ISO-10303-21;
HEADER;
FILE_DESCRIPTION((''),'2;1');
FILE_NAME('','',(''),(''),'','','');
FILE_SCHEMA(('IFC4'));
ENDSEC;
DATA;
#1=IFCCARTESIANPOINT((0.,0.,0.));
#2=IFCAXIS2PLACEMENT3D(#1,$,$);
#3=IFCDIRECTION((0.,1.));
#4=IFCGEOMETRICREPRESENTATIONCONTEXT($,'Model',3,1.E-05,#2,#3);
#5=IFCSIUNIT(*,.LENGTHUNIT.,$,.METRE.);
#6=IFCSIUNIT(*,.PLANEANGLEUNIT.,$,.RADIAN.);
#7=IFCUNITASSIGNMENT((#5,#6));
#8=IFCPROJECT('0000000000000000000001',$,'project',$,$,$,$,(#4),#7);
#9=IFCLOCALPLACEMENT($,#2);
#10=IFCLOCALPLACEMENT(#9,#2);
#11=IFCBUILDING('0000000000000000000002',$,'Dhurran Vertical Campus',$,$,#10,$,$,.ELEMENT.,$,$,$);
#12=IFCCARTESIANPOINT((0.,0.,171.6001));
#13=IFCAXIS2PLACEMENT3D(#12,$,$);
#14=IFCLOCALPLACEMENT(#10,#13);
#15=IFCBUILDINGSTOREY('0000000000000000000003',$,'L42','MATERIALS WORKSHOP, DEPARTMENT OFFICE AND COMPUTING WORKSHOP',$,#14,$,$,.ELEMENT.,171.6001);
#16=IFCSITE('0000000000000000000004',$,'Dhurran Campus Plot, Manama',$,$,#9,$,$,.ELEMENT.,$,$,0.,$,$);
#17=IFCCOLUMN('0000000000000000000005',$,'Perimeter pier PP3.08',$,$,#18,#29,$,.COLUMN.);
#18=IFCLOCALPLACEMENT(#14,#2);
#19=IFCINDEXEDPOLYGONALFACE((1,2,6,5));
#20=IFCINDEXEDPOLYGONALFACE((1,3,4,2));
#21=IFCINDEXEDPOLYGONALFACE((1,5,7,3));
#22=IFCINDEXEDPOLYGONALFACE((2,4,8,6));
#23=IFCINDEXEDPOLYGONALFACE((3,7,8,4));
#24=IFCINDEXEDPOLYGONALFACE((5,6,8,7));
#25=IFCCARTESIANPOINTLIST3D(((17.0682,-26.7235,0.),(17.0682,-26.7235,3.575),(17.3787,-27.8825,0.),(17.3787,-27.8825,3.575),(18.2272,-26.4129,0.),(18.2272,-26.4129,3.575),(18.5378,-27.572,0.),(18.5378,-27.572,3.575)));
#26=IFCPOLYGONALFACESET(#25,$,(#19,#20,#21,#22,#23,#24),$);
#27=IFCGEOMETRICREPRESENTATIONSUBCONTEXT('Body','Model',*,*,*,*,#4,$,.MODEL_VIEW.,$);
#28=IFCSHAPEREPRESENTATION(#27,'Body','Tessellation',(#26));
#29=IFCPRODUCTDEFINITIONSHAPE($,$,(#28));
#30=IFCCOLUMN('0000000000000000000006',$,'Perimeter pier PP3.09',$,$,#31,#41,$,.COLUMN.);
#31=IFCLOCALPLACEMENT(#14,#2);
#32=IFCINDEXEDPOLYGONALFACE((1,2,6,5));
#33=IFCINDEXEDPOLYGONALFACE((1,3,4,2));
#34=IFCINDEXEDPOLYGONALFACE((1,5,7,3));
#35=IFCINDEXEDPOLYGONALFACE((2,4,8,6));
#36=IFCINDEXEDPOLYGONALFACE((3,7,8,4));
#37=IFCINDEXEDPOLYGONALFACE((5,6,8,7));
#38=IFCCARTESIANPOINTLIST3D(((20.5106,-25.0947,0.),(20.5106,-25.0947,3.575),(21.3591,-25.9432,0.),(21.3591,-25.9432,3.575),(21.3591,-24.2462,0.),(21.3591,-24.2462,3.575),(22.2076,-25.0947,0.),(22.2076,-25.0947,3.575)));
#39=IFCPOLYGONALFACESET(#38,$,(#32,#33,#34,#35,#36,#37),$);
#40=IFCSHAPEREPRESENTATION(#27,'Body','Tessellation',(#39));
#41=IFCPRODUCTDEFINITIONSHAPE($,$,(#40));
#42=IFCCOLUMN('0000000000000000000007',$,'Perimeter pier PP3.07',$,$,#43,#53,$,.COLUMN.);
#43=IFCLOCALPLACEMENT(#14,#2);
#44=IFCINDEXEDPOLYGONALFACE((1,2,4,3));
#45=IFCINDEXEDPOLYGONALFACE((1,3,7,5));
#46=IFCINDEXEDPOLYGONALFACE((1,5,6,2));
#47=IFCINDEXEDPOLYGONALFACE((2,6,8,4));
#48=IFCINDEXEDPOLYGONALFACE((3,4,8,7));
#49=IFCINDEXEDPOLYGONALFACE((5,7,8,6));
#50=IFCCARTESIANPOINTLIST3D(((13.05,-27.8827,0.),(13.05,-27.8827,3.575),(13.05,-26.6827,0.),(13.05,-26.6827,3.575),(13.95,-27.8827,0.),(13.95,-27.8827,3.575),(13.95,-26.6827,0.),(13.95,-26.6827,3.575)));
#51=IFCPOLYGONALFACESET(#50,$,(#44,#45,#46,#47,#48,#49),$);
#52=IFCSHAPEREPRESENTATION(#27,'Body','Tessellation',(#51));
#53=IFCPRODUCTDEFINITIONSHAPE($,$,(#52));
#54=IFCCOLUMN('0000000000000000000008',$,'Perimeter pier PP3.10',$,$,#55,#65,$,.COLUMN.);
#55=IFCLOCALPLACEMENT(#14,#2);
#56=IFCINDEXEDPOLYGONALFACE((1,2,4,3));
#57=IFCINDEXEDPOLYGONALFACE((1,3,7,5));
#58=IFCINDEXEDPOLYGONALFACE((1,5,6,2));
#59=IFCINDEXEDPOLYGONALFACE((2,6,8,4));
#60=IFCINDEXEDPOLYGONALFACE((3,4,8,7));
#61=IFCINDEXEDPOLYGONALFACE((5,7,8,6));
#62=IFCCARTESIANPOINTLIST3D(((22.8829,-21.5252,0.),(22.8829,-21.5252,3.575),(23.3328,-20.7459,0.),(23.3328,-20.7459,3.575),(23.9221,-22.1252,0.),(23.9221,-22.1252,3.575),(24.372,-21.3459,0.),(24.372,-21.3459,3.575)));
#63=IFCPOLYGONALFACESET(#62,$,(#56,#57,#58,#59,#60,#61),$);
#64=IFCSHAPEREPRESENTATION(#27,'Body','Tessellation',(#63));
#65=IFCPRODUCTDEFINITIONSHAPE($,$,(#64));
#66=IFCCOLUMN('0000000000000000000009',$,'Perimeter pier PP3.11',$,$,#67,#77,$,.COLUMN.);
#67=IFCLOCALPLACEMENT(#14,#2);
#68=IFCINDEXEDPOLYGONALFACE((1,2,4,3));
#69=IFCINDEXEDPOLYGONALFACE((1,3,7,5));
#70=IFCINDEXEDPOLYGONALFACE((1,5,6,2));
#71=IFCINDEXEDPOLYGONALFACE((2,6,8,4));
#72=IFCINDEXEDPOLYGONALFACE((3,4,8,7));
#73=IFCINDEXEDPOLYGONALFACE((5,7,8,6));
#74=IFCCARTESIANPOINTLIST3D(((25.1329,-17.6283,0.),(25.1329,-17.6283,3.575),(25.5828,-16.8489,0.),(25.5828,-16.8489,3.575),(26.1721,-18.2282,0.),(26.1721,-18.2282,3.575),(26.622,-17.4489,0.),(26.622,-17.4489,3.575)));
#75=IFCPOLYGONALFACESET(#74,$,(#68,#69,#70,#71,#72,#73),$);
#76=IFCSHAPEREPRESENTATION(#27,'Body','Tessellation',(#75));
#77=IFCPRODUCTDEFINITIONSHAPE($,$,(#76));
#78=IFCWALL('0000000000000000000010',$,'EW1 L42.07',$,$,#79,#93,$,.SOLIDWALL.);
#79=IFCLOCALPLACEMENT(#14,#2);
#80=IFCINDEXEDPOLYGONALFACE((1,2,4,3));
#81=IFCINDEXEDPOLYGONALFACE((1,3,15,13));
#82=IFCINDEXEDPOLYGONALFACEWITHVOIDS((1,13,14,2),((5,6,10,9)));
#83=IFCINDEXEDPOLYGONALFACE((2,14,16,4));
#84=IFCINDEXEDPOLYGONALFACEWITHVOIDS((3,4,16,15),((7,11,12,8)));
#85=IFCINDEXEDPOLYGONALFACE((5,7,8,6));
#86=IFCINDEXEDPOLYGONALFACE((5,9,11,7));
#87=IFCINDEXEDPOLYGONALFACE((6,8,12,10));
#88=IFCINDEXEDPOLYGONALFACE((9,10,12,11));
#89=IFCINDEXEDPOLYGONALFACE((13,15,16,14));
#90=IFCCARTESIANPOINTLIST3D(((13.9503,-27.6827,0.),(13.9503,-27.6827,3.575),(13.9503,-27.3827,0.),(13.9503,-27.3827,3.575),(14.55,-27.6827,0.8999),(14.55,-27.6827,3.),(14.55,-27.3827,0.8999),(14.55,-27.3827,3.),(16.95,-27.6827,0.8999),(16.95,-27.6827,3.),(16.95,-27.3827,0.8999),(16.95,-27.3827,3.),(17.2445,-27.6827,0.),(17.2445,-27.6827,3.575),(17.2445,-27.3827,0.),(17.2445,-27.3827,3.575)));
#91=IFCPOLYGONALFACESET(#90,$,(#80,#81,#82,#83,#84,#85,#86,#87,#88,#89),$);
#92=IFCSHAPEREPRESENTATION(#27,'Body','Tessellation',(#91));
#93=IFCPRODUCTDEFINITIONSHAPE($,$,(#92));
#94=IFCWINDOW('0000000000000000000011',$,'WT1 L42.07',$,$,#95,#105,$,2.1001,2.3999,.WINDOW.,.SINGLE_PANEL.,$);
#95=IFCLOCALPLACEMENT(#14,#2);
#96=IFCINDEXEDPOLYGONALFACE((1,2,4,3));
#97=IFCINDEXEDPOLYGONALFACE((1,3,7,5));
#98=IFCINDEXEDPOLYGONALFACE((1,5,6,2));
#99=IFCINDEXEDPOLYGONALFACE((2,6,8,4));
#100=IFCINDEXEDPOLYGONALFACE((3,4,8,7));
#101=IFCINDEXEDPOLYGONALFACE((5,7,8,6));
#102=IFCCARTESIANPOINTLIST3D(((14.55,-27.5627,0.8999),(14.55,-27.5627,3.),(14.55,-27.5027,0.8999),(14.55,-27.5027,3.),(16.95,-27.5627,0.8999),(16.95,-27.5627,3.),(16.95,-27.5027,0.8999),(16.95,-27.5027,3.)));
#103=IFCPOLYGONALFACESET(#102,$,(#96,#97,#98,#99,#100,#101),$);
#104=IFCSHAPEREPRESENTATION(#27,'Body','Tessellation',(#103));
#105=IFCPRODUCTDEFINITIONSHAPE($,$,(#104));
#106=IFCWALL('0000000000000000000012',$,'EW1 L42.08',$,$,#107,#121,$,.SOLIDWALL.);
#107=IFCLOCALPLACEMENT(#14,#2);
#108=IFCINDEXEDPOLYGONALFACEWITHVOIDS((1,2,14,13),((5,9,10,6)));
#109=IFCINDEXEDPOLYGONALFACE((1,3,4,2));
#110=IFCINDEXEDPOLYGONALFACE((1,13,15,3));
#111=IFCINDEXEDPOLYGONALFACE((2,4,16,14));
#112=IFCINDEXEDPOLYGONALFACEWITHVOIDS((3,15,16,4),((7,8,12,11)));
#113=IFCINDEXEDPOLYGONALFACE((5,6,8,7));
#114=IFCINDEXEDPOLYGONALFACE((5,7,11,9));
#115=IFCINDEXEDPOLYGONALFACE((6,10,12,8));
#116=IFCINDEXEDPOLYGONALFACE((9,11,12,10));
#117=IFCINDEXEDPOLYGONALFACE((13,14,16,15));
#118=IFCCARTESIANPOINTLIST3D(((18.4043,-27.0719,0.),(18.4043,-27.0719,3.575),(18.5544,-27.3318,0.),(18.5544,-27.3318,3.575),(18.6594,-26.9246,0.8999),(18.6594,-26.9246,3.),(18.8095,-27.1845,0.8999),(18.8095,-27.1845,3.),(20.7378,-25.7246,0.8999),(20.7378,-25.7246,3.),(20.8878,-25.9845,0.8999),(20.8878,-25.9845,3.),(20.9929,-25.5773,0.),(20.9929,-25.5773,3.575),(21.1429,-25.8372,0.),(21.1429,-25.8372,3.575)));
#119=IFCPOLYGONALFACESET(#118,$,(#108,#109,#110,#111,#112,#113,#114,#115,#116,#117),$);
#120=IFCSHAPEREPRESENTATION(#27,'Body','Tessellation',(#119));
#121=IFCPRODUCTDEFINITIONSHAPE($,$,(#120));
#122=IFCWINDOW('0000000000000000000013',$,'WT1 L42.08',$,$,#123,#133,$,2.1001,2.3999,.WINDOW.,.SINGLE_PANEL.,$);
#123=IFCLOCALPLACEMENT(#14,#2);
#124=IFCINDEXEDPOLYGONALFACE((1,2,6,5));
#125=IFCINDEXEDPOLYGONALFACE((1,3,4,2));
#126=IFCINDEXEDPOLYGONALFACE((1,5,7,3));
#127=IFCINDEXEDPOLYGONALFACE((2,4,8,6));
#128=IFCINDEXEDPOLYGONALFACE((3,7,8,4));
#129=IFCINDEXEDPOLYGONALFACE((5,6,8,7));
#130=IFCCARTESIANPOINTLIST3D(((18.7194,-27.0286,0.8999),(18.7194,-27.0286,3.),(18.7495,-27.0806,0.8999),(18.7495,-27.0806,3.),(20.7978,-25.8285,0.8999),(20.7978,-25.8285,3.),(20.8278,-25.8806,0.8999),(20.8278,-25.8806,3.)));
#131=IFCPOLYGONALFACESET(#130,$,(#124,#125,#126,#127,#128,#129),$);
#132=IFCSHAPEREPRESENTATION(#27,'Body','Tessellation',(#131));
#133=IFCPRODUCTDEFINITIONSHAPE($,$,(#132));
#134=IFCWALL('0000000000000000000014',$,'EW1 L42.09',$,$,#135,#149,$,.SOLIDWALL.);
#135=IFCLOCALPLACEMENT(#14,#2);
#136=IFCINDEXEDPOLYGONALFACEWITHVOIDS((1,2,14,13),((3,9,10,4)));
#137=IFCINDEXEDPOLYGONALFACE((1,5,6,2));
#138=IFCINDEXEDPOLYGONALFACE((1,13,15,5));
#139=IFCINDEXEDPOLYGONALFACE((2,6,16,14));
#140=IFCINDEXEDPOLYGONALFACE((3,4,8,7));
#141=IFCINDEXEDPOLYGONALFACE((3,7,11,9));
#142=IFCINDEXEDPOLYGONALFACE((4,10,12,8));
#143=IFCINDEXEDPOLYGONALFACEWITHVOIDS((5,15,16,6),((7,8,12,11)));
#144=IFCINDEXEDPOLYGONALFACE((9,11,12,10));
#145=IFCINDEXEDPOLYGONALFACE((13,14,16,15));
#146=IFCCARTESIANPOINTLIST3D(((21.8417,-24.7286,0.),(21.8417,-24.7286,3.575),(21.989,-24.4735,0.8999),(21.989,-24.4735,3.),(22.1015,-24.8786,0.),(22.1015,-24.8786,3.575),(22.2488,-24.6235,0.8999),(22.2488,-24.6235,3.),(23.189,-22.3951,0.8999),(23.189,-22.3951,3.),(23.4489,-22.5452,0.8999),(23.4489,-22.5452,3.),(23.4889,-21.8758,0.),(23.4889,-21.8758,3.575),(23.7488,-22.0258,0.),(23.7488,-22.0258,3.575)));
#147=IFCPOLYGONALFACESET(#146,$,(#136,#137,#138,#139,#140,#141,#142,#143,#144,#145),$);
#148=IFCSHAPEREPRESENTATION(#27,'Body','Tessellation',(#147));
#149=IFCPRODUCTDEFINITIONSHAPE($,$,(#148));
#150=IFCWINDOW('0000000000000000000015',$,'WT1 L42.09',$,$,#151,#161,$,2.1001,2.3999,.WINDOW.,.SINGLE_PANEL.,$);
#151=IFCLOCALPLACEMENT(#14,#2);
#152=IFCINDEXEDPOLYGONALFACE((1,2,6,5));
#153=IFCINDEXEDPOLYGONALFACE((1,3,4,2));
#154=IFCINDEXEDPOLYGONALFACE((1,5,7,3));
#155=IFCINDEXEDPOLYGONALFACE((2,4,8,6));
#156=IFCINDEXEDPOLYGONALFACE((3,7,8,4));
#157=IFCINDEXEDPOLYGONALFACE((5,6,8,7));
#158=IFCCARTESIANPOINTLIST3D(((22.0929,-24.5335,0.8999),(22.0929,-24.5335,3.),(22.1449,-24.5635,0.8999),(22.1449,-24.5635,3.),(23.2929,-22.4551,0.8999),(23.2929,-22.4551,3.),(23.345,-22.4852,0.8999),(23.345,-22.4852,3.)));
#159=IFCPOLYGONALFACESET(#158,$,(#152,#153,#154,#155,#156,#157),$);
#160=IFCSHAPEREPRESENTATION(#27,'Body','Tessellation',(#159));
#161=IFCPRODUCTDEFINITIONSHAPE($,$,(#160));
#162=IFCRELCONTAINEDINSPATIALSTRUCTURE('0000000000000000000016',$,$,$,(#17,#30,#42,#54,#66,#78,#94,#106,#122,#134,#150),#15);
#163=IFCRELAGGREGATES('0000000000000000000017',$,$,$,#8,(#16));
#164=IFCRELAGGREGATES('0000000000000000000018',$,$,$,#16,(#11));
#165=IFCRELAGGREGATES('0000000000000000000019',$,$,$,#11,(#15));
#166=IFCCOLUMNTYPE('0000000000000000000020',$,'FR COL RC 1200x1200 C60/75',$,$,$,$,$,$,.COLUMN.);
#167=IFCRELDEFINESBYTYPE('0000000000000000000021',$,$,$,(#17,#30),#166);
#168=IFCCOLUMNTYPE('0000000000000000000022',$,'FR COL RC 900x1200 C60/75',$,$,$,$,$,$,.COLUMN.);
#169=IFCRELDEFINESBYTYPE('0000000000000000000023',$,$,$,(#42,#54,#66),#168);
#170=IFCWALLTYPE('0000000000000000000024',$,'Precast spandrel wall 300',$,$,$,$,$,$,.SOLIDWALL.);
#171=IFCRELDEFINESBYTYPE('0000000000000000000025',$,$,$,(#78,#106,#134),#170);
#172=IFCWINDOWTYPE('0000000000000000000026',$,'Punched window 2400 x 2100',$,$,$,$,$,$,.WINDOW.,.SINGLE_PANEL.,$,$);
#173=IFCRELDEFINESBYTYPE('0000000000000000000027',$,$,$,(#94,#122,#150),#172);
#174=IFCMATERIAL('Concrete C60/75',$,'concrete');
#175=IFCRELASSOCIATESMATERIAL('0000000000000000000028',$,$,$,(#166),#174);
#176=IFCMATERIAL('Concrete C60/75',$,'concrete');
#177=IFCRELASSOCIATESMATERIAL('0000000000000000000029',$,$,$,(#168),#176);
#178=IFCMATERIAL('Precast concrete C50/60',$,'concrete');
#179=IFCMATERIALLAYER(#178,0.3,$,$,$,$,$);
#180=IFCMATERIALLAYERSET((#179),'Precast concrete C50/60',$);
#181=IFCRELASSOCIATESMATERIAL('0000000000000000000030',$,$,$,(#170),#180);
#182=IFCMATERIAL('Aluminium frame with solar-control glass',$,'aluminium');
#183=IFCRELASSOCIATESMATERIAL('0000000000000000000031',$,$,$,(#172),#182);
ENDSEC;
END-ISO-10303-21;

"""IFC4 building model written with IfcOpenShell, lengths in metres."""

from ifc_helpers import new_model, si_unit, direction, frame, frame_2d, origin, origin_2d, place, context, subcontext, project, spatial, rectangle, extrude, material, layer, layer_set, material_profile, profile_set, type_object, element, fill, save


model = new_model("IFC4")

# Units and contexts
model_context = context("Model", 3, precision=1e-05, world=origin(), true_north=direction((0.0, 1.0)))
body_context = subcontext(model_context, "Body", "Model", "MODEL_VIEW")
ifc_project = project(units=[si_unit("LENGTHUNIT", "METRE"), si_unit("PLANEANGLEUNIT", "RADIAN")], contexts=[model_context])

# Site, building, storey
site_placement = place(None, origin())
site = spatial("IfcSite", under=ifc_project, at=site_placement, Name="Dhurran Campus Plot, Manama", CompositionType="ELEMENT", RefElevation=0.0)
building_placement = place(site_placement, origin())
building = spatial("IfcBuilding", under=site, at=building_placement, Name="Dhurran Vertical Campus", CompositionType="ELEMENT")
storey_placement = place(building_placement, frame((0.0, 0.0, 171.6001)))
storey = spatial("IfcBuildingStorey", under=building, at=storey_placement, Name="L42", Description="MATERIALS WORKSHOP, DEPARTMENT OFFICE AND COMPUTING WORKSHOP", CompositionType="ELEMENT", Elevation=171.6001)

# Columns
ifc_material_1 = material(Name="Concrete C60/75", Category="concrete")
ifc_material_profile_1 = material_profile(ifc_material_1, rectangle(XDim=1.2, YDim=1.2, at=origin_2d()), Name="RC 1200x1200")
ifc_profile_set_1 = profile_set([ifc_material_profile_1], Name="Concrete C60/75")
column_type_1 = type_object("IfcColumnType", Name="FR COL RC 1200x1200 C60/75", PredefinedType="COLUMN", material=ifc_profile_set_1)
for number, where, z_axis, x_axis, name in (
    (1, (17.803, -27.1477, 0.0), (0.0, 0.0, 1.0), (0.965926, 0.258819, 0.0), "Perimeter pier PP3.08"),
    (2, (21.3591, -25.0947, 0.0), (0.0, 0.0, 1.0), (0.707107, 0.707107, 0.0), "Perimeter pier PP3.09"),
):
    element("IfcColumn", number, at=place(storey_placement, frame(where, z_axis=z_axis, x_axis=x_axis)), inside=storey, type_object=column_type_1, Name=name, PredefinedType="COLUMN", context=body_context, shape_type="SweptSolid", body=[
        extrude(rectangle(XDim=1.2, YDim=1.2, at=origin_2d()), origin(), (0.0, 0.0, 1.0), 3.575),
    ])
ifc_material_2 = material(Name="Concrete C60/75", Category="concrete")
ifc_material_profile_2 = material_profile(ifc_material_2, rectangle(XDim=0.8999, YDim=1.2, at=origin_2d()), Name="RC 900x1200")
ifc_profile_set_2 = profile_set([ifc_material_profile_2], Name="Concrete C60/75")
column_type_2 = type_object("IfcColumnType", Name="FR COL RC 900x1200 C60/75", PredefinedType="COLUMN", material=ifc_profile_set_2)
for number, where, z_axis, x_axis, name in (
    (3, (13.5, -27.2827, 0.0), (0.0, 0.0, 1.0), (1.0, 0.0, 0.0), "Perimeter pier PP3.07"),
    (4, (23.6274, -21.4355, 0.0), (0.0, 0.0, 1.0), (0.5, 0.866025, 0.0), "Perimeter pier PP3.10"),
    (5, (25.8774, -17.5386, 0.0), (0.0, 0.0, 1.0), (0.5, 0.866025, 0.0), "Perimeter pier PP3.11"),
):
    element("IfcColumn", number, at=place(storey_placement, frame(where, z_axis=z_axis, x_axis=x_axis)), inside=storey, type_object=column_type_2, Name=name, PredefinedType="COLUMN", context=body_context, shape_type="SweptSolid", body=[
        extrude(rectangle(XDim=0.8999, YDim=1.2, at=origin_2d()), origin(), (0.0, 0.0, 1.0), 3.575),
    ])

# Walls, openings, windows
ifc_material_3 = material(Name="Precast concrete C50/60", Category="concrete")
ifc_layer_1 = layer(ifc_material_3, 0.3)
ifc_layer_set_1 = layer_set([ifc_layer_1], Name="Precast concrete C50/60")
wall_type_1 = type_object("IfcWallType", Name="Precast spandrel wall 300", PredefinedType="SOLIDWALL", material=ifc_layer_set_1)
wall_1_placement = place(storey_placement, frame((13.9504, -27.5327, 0.0), z_axis=(0.0, 0.0, 1.0), x_axis=(1.0, 0.0, 0.0)))
wall_1 = element("IfcWall", 6, at=wall_1_placement, inside=storey, type_object=wall_type_1, Name="EW1 L42.07", PredefinedType="SOLIDWALL", context=body_context, shape_type="SweptSolid", body=[
    extrude(rectangle(XDim=3.2942, YDim=0.3, at=frame_2d((1.647, 0.0))), origin(), (0.0, 0.0, 1.0), 3.575),
])
opening_1_placement = place(wall_1_placement, frame((0.5996, 0.0, 0.8999)))
opening_1 = element("IfcOpeningElement", 7, at=opening_1_placement, cuts=wall_1, PredefinedType="OPENING", context=body_context, shape_type="SweptSolid", body=[
    extrude(rectangle(XDim=2.3999, YDim=2.1001, at=frame_2d((1.2, 1.05))), frame((0.0, 0.1599, 0.0), z_axis=(0.0, -1.0, 0.0), x_axis=(1.0, 0.0, 0.0)), (0.0, 0.0, 1.0), 0.3201),
])
ifc_material_4 = material(Name="Aluminium frame with solar-control glass", Category="aluminium")
window_type = type_object("IfcWindowType", Name="Punched window 2400 x 2100", PartitioningType="SINGLE_PANEL", PredefinedType="WINDOW", material=ifc_material_4)
window_1_placement = place(opening_1_placement, origin())
window_1 = element("IfcWindow", 8, at=window_1_placement, inside=storey, type_object=window_type, Name="WT1 L42.07", OverallHeight=2.1001, OverallWidth=2.3999, PartitioningType="SINGLE_PANEL", PredefinedType="WINDOW", context=body_context, shape_type="SweptSolid", body=[
    extrude(rectangle(XDim=2.3999, YDim=2.1001, at=frame_2d((1.2, 1.05))), frame((0.0, 0.03, 0.0), z_axis=(0.0, -1.0, 0.0), x_axis=(1.0, 0.0, 0.0)), (0.0, 0.0, 1.0), 0.0601),
])
fill(opening_1, window_1)
wall_2_placement = place(storey_placement, frame((18.4792, -27.2019, 0.0), z_axis=(0.0, 0.0, 1.0), x_axis=(0.866013, 0.500022, 0.0)))
wall_2 = element("IfcWall", 9, at=wall_2_placement, inside=storey, type_object=wall_type_1, Name="EW1 L42.08", PredefinedType="SOLIDWALL", context=body_context, shape_type="SweptSolid", body=[
    extrude(rectangle(XDim=2.989, YDim=0.3, at=frame_2d((1.4946, 0.0))), origin(), (0.0, 0.0, 1.0), 3.575),
])
opening_2_placement = place(wall_2_placement, frame((0.2947, 0.0, 0.8999)))
opening_2 = element("IfcOpeningElement", 10, at=opening_2_placement, cuts=wall_2, PredefinedType="OPENING", context=body_context, shape_type="SweptSolid", body=[
    extrude(rectangle(XDim=2.3999, YDim=2.1001, at=frame_2d((1.2, 1.05))), frame((0.0, 0.1599, 0.0), z_axis=(0.0, -1.0, 0.0), x_axis=(1.0, 0.0, 0.0)), (0.0, 0.0, 1.0), 0.3201),
])
window_2_placement = place(opening_2_placement, origin())
window_2 = element("IfcWindow", 11, at=window_2_placement, inside=storey, type_object=window_type, Name="WT1 L42.08", OverallHeight=2.1001, OverallWidth=2.3999, PartitioningType="SINGLE_PANEL", PredefinedType="WINDOW", context=body_context, shape_type="SweptSolid", body=[
    extrude(rectangle(XDim=2.3999, YDim=2.1001, at=frame_2d((1.2, 1.05))), frame((0.0, 0.03, 0.0), z_axis=(0.0, -1.0, 0.0), x_axis=(1.0, 0.0, 0.0)), (0.0, 0.0, 1.0), 0.0601),
])
fill(opening_2, window_2)
wall_3_placement = place(storey_placement, frame((21.9717, -24.8035, 0.0), z_axis=(0.0, 0.0, 1.0), x_axis=(0.500037, 0.866004, 0.0)))
wall_3 = element("IfcWall", 12, at=wall_3_placement, inside=storey, type_object=wall_type_1, Name="EW1 L42.09", PredefinedType="SOLIDWALL", context=body_context, shape_type="SweptSolid", body=[
    extrude(rectangle(XDim=3.2942, YDim=0.3, at=frame_2d((1.647, 0.0))), origin(), (0.0, 0.0, 1.0), 3.575),
])
opening_3_placement = place(wall_3_placement, frame((0.2944, 0.0, 0.8999)))
opening_3 = element("IfcOpeningElement", 13, at=opening_3_placement, cuts=wall_3, PredefinedType="OPENING", context=body_context, shape_type="SweptSolid", body=[
    extrude(rectangle(XDim=2.3999, YDim=2.1001, at=frame_2d((1.2, 1.05))), frame((0.0, 0.1599, 0.0), z_axis=(0.0, -1.0, 0.0), x_axis=(1.0, 0.0, 0.0)), (0.0, 0.0, 1.0), 0.3201),
])
window_3_placement = place(opening_3_placement, origin())
window_3 = element("IfcWindow", 14, at=window_3_placement, inside=storey, type_object=window_type, Name="WT1 L42.09", OverallHeight=2.1001, OverallWidth=2.3999, PartitioningType="SINGLE_PANEL", PredefinedType="WINDOW", context=body_context, shape_type="SweptSolid", body=[
    extrude(rectangle(XDim=2.3999, YDim=2.1001, at=frame_2d((1.2, 1.05))), frame((0.0, 0.03, 0.0), z_axis=(0.0, -1.0, 0.0), x_axis=(1.0, 0.0, 0.0)), (0.0, 0.0, 1.0), 0.0601),
])
fill(opening_3, window_3)

save(model, "model.ifc")
